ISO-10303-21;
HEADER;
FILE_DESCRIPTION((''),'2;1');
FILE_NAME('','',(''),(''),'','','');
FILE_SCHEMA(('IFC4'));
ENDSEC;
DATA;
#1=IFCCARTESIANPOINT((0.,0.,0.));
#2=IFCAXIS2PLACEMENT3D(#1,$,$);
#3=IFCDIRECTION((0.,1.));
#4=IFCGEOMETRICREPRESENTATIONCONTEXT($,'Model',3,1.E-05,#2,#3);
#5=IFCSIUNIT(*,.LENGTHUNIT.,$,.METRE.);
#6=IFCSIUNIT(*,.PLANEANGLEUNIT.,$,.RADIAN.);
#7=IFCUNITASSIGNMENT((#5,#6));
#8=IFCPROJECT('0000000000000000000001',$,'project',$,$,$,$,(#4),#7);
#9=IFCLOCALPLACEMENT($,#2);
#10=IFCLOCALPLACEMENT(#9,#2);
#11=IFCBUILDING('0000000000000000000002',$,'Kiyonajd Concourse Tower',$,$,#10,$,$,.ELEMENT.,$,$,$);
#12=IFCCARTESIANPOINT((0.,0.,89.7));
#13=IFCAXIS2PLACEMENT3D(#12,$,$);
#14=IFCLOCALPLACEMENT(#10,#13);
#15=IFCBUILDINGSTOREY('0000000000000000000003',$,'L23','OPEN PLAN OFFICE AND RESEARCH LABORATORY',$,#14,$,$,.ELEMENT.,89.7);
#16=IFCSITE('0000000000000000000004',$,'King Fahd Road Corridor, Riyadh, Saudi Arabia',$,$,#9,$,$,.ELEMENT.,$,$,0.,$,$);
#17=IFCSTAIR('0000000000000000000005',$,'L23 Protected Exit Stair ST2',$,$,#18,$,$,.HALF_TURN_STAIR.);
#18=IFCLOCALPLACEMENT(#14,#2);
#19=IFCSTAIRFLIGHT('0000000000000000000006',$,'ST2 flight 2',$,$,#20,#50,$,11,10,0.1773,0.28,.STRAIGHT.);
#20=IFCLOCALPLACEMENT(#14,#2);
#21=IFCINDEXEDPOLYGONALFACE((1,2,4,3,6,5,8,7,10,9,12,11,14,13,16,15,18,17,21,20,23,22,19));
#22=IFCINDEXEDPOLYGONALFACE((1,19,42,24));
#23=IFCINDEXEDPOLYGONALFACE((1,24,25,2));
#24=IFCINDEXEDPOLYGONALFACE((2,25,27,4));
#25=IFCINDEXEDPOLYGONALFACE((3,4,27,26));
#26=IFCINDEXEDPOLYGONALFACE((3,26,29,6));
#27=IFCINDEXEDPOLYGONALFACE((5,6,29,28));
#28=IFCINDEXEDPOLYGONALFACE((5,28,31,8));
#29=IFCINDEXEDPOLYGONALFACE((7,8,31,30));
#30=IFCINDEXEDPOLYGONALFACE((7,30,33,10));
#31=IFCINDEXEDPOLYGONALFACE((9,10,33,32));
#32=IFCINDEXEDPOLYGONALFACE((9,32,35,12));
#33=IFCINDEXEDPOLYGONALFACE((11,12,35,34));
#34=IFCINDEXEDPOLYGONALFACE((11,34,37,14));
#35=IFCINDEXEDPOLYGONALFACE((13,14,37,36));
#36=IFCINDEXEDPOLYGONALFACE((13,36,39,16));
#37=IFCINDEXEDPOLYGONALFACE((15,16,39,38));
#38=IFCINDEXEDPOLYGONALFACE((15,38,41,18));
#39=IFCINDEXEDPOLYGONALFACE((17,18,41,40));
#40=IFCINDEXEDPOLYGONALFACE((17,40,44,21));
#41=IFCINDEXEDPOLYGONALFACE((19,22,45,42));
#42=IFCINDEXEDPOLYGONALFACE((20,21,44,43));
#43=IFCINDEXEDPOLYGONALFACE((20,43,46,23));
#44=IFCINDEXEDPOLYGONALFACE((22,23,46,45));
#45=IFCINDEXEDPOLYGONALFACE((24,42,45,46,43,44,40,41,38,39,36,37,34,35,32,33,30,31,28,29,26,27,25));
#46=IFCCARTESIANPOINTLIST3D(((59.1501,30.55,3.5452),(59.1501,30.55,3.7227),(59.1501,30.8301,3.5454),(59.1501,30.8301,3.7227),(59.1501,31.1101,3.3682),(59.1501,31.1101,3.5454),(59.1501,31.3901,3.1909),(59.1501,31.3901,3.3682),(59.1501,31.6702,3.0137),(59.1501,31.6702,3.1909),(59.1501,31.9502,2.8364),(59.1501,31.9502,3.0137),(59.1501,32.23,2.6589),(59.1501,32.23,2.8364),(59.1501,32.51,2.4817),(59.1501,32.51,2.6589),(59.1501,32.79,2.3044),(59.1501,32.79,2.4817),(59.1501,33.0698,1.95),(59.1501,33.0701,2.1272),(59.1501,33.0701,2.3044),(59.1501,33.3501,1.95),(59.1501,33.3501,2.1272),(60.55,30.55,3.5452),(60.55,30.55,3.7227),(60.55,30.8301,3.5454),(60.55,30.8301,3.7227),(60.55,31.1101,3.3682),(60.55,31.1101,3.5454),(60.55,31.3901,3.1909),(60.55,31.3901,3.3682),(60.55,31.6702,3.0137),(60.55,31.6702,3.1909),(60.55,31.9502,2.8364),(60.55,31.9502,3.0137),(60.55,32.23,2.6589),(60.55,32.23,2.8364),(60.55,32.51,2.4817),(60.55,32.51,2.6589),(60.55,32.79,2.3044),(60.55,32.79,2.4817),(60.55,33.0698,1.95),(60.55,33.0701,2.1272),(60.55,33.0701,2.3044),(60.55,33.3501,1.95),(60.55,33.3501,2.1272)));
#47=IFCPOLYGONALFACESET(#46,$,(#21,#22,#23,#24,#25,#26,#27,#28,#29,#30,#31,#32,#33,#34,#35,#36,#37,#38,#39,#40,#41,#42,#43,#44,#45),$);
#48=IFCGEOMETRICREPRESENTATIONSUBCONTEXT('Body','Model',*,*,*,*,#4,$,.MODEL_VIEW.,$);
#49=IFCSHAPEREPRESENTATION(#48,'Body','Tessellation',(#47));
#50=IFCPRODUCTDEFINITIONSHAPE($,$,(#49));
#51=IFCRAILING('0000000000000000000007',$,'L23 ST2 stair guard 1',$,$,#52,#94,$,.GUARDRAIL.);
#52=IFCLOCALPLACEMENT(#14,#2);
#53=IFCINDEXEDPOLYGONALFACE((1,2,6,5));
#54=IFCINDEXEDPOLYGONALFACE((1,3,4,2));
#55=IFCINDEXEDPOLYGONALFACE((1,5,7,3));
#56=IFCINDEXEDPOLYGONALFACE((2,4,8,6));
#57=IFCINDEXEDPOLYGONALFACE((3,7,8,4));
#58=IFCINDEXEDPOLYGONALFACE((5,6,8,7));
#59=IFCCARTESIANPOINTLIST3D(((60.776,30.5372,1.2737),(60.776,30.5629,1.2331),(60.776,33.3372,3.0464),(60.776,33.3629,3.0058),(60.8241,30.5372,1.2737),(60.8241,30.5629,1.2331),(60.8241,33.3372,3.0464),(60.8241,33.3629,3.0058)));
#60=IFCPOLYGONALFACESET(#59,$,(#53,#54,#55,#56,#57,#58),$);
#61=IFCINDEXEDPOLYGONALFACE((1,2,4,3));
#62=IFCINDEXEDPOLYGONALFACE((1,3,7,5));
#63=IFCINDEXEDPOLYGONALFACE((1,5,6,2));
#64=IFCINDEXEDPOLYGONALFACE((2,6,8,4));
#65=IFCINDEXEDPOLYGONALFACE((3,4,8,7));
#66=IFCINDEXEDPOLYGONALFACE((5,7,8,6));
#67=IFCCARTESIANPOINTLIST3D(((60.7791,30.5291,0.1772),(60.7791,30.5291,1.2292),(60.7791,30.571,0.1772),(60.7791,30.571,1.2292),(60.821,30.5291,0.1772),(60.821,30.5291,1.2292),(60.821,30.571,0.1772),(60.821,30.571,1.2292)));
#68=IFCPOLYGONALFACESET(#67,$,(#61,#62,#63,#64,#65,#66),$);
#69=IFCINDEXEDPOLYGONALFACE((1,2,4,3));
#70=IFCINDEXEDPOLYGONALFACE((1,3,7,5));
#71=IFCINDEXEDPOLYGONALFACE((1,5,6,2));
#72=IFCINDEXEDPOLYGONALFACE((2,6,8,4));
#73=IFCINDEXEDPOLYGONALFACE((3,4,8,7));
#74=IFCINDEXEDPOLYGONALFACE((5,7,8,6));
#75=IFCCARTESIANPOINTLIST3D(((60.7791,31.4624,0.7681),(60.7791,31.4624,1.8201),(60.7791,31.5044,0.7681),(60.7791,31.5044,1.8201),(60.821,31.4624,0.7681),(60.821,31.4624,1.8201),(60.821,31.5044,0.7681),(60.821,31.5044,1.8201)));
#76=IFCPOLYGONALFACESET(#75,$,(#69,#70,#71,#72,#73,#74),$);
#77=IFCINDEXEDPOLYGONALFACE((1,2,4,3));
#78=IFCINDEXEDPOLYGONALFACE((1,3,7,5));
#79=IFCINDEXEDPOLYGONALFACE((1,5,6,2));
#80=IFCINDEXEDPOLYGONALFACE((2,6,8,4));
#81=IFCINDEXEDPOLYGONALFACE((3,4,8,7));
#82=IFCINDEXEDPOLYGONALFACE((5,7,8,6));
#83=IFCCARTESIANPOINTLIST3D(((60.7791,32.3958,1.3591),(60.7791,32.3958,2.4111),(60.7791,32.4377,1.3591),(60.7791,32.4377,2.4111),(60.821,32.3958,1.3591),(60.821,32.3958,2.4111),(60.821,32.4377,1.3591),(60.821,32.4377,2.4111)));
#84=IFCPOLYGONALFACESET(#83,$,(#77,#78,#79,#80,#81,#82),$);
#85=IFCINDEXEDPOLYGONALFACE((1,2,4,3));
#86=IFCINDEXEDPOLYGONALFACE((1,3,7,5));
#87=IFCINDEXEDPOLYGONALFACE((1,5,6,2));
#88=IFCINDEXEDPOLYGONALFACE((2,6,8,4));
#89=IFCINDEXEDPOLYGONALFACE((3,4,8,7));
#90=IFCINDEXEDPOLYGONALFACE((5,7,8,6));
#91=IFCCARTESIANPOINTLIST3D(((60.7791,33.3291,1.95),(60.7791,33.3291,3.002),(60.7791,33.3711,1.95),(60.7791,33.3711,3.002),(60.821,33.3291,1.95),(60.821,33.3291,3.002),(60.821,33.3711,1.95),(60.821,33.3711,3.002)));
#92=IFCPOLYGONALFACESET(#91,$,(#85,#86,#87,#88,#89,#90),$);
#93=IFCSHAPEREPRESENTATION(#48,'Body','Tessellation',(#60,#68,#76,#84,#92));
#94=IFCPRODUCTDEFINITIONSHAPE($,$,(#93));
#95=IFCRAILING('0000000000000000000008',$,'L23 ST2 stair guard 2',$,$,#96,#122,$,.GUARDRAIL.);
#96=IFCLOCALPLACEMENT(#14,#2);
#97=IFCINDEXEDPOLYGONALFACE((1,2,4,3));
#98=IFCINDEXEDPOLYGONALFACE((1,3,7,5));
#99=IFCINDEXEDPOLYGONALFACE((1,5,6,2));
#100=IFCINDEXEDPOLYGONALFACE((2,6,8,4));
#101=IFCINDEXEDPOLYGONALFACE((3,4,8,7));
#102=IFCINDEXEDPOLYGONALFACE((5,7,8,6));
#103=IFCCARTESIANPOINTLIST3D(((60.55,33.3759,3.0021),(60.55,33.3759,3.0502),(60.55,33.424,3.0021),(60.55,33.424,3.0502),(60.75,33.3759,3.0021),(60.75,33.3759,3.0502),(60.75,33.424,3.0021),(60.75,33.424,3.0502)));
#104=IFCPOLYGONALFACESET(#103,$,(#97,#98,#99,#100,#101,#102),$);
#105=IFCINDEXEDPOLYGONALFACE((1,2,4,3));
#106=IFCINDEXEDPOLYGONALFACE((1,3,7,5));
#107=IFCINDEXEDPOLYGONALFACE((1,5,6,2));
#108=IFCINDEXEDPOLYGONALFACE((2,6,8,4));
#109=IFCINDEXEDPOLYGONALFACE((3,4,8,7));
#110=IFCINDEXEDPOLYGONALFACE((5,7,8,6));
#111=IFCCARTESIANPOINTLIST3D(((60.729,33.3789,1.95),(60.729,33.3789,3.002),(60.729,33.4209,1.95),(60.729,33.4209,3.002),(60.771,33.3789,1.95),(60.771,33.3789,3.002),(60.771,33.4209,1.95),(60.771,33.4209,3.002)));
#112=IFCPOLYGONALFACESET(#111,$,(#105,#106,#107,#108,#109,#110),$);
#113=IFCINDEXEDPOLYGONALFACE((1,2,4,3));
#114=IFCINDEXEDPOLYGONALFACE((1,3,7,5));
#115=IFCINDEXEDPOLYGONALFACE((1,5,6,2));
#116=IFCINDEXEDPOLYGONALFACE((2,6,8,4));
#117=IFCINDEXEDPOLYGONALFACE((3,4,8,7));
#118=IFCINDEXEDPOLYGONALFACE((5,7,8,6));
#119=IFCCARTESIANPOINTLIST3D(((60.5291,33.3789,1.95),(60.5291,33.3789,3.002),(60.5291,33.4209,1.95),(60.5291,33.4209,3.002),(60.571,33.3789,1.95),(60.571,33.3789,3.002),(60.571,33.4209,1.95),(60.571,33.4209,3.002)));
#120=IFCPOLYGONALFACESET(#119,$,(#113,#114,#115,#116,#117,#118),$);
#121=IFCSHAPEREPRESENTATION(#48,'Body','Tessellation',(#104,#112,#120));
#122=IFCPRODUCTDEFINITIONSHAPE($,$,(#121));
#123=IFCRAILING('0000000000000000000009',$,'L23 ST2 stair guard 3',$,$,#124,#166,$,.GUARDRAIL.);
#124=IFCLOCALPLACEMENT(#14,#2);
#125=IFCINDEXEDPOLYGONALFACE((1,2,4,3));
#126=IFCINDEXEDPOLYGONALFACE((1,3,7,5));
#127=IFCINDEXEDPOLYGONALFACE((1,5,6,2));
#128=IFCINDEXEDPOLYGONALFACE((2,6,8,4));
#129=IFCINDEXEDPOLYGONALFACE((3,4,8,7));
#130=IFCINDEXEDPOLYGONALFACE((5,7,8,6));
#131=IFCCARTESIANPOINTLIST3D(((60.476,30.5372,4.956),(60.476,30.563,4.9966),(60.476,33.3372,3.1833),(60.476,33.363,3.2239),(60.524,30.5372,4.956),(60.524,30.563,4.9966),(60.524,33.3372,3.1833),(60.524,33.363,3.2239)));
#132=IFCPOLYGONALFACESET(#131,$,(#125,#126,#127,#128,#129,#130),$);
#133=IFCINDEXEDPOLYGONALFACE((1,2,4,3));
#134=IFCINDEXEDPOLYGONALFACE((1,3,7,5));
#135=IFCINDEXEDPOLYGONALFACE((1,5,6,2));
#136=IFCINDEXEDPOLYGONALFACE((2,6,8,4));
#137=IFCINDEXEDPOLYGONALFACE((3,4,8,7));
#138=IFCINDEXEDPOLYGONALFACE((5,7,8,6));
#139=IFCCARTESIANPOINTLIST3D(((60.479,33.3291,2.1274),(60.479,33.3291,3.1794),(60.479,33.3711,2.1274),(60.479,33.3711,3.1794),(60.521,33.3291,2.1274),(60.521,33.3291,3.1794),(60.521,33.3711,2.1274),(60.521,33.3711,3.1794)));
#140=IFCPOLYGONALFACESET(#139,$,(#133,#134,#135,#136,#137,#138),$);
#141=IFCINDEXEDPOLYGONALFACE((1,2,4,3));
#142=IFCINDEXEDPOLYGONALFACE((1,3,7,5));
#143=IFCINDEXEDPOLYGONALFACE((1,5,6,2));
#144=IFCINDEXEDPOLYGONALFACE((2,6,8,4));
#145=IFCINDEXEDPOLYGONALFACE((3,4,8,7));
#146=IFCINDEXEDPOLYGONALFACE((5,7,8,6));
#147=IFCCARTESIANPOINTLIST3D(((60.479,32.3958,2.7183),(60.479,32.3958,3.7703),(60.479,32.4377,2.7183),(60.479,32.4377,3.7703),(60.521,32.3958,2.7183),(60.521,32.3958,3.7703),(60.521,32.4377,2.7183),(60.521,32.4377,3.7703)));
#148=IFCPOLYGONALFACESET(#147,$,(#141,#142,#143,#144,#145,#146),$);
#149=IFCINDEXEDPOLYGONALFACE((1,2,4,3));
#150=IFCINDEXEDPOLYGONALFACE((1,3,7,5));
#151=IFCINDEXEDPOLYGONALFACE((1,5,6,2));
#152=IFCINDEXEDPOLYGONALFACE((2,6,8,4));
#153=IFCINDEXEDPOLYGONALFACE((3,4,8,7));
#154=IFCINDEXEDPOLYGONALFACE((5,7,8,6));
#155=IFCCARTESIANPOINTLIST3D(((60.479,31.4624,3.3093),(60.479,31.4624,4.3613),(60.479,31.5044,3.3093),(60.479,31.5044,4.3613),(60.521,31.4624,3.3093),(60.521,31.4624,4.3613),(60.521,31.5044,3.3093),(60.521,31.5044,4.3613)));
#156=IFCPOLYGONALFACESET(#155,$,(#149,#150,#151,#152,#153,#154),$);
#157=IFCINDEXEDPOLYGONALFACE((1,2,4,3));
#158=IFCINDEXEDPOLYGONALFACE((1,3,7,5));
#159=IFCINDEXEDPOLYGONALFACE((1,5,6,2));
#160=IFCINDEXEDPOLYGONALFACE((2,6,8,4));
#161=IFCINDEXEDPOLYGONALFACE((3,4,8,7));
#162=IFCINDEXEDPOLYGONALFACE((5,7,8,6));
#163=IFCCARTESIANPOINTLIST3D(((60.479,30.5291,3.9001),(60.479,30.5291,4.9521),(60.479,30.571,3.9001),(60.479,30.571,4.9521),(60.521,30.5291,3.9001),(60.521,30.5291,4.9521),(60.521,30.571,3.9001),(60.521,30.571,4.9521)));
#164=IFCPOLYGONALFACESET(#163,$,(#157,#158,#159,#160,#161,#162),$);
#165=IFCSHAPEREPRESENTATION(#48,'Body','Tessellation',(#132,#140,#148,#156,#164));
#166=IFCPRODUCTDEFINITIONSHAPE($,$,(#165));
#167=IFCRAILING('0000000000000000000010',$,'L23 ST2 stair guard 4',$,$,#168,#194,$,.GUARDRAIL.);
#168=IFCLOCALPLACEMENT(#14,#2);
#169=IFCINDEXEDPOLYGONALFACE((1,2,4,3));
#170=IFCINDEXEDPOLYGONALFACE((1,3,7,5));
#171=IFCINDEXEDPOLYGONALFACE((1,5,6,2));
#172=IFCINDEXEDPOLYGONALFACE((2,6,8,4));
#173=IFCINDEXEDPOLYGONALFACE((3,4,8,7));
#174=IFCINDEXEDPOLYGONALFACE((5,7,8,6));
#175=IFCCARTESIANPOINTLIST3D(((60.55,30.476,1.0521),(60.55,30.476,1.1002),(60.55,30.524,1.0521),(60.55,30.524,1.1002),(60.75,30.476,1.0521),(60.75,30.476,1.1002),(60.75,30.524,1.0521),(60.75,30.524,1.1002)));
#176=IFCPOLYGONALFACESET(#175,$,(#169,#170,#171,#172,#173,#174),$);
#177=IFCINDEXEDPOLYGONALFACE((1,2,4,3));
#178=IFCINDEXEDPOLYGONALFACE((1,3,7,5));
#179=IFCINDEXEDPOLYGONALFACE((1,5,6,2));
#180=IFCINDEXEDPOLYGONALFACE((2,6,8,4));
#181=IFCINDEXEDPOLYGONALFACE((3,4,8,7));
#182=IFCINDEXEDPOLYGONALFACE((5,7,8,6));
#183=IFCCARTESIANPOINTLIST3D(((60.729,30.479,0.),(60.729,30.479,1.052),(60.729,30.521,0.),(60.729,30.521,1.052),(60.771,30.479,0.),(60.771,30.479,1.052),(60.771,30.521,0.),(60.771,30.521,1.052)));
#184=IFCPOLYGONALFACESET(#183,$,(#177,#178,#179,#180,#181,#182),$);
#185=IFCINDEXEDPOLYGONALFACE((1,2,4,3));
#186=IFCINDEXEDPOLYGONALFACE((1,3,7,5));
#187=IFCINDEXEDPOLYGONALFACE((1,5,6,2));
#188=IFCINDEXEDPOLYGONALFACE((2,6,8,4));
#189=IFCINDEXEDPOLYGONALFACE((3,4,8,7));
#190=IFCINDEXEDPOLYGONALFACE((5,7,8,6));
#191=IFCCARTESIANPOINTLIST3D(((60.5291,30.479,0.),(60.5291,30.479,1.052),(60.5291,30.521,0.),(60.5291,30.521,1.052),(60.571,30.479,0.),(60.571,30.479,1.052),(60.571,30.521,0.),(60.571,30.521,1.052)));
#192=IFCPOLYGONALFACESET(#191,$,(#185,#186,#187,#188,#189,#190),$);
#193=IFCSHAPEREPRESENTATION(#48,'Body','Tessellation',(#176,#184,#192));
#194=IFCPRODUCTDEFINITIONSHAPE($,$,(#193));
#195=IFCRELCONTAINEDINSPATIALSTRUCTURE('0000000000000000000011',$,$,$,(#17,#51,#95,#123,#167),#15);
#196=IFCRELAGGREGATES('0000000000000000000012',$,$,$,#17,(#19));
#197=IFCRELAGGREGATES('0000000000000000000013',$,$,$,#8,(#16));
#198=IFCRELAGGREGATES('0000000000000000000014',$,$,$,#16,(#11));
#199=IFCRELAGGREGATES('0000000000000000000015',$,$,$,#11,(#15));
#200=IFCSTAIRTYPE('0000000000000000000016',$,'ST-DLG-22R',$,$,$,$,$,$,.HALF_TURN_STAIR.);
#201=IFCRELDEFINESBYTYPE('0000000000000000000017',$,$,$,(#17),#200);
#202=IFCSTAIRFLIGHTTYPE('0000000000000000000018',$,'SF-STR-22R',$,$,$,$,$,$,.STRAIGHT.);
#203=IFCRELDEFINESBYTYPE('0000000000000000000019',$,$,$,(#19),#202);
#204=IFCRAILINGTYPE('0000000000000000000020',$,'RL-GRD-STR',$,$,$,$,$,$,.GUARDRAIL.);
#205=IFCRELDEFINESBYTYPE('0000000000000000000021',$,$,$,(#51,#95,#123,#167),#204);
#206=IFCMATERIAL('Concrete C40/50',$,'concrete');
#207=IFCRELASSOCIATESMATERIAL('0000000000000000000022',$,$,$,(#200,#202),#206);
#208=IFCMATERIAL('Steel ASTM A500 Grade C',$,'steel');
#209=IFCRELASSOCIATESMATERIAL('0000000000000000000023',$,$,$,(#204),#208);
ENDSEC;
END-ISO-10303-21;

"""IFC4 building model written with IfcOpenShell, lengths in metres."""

from ifc_helpers import new_model, si_unit, direction, frame, origin, origin_2d, place, context, subcontext, project, spatial, polyline, rectangle, outline, extrude, material, type_object, element, aggregate, save


model = new_model("IFC4")

# Units and contexts
model_context = context("Model", 3, precision=1e-05, world=origin(), true_north=direction((0.0, 1.0)))
body_context = subcontext(model_context, "Body", "Model", "MODEL_VIEW")
ifc_project = project(units=[si_unit("LENGTHUNIT", "METRE"), si_unit("PLANEANGLEUNIT", "RADIAN")], contexts=[model_context])

# Site, building, storey
site_placement = place(None, origin())
site = spatial("IfcSite", under=ifc_project, at=site_placement, Name="King Fahd Road Corridor, Riyadh, Saudi Arabia", CompositionType="ELEMENT", RefElevation=0.0)
building_placement = place(site_placement, origin())
building = spatial("IfcBuilding", under=site, at=building_placement, Name="Kiyonajd Concourse Tower", CompositionType="ELEMENT")
storey_placement = place(building_placement, frame((0.0, 0.0, 89.7)))
storey = spatial("IfcBuildingStorey", under=building, at=storey_placement, Name="L23", Description="OPEN PLAN OFFICE AND RESEARCH LABORATORY", CompositionType="ELEMENT", Elevation=89.7)

# Stair, stair flight
ifc_material_1 = material(Name="Concrete C40/50", Category="concrete")
stair_type = type_object("IfcStairType", Name="ST-DLG-22R", PredefinedType="HALF_TURN_STAIR", material=ifc_material_1)
stair_placement = place(storey_placement, origin())
stair = element("IfcStair", 1, at=stair_placement, inside=storey, type_object=stair_type, Name="L23 Protected Exit Stair ST2", PredefinedType="HALF_TURN_STAIR")
stair_flight_type = type_object("IfcStairFlightType", Name="SF-STR-22R", PredefinedType="STRAIGHT", material=ifc_material_1)
stair_flight_1_placement = place(storey_placement, frame((59.8501, 33.3501, 1.95), z_axis=(0.0, 0.0, 1.0), x_axis=(0.0, -1.0, 0.0)))
stair_flight_1 = element("IfcStairFlight", 2, at=stair_flight_1_placement, type_object=stair_flight_type, Name="ST2 flight 2", NumberOfRisers=11, NumberOfTreads=10, PredefinedType="STRAIGHT", RiserHeight=0.1773, TreadLength=0.28, context=body_context, shape_type="SweptSolid", body=[
    extrude(outline(polyline([(0.0, 0.0), (0.0, 0.1772), (0.28, 0.1772), (0.28, 0.3545), (0.5601, 0.3545), (0.5601, 0.5317), (0.8401, 0.5317), (0.8401, 0.709), (1.1201, 0.709), (1.1201, 0.8865), (1.3999, 0.8865), (1.3999, 1.0637), (1.6799, 1.0637), (1.6799, 1.241), (1.96, 1.241), (1.96, 1.4182), (2.24, 1.4182), (2.24, 1.5955), (2.52, 1.5955), (2.52, 1.7727), (2.8, 1.7727), (2.8, 1.95), (2.8, 1.5952), (0.2803, 0.0), (0.0, 0.0)])), frame((0.0, 0.7, 0.0), z_axis=(0.0, -1.0, 0.0), x_axis=(1.0, 0.0, 0.0)), (0.0, 0.0, 1.0), 1.3999),
])
aggregate(stair, [stair_flight_1])

# Railings
ifc_material_2 = material(Name="Steel ASTM A500 Grade C", Category="steel")
railing_type_1 = type_object("IfcRailingType", Name="RL-GRD-STR", PredefinedType="GUARDRAIL", material=ifc_material_2)
railing_1_placement = place(storey_placement, frame((60.8, 30.55, 0.1772)))
element("IfcRailing", 3, at=railing_1_placement, inside=storey, type_object=railing_type_1, Name="L23 ST2 stair guard 1", PredefinedType="GUARDRAIL", context=body_context, shape_type="SweptSolid", body=[
    extrude(rectangle(XDim=0.0481, YDim=0.0481, at=origin_2d()), frame((0.0, 0.0, 1.0762), z_axis=(0.0, 0.844909, 0.53491), x_axis=(-1.0, 0.0, 0.0)), (0.0, 0.0, 1.0), 3.314),
    extrude(rectangle(XDim=0.042, YDim=0.042, at=origin_2d()), origin(), (0.0, 0.0, 1.0), 1.052),
    extrude(rectangle(XDim=0.042, YDim=0.042, at=origin_2d()), frame((0.0, 0.9333, 0.5908)), (0.0, 0.0, 1.0), 1.052),
    extrude(rectangle(XDim=0.042, YDim=0.042, at=origin_2d()), frame((0.0, 1.8667, 1.1819)), (0.0, 0.0, 1.0), 1.052),
    extrude(rectangle(XDim=0.042, YDim=0.042, at=origin_2d()), frame((0.0, 2.8, 1.7727)), (0.0, 0.0, 1.0), 1.052),
])
railing_2_placement = place(storey_placement, frame((60.75, 33.3999, 1.95)))
element("IfcRailing", 4, at=railing_2_placement, inside=storey, type_object=railing_type_1, Name="L23 ST2 stair guard 2", PredefinedType="GUARDRAIL", context=body_context, shape_type="SweptSolid", body=[
    extrude(rectangle(XDim=0.0481, YDim=0.0481, at=origin_2d()), frame((0.0, 0.0, 1.0762), z_axis=(-1.0, 0.0, 0.0), x_axis=(0.0, -1.0, 0.0)), (0.0, 0.0, 1.0), 0.2),
    extrude(rectangle(XDim=0.042, YDim=0.042, at=origin_2d()), origin(), (0.0, 0.0, 1.0), 1.052),
    extrude(rectangle(XDim=0.042, YDim=0.042, at=origin_2d()), frame((-0.2, 0.0, 0.0)), (0.0, 0.0, 1.0), 1.052),
])
railing_3_placement = place(storey_placement, frame((60.5, 33.3501, 2.1274)))
element("IfcRailing", 5, at=railing_3_placement, inside=storey, type_object=railing_type_1, Name="L23 ST2 stair guard 3", PredefinedType="GUARDRAIL", context=body_context, shape_type="SweptSolid", body=[
    extrude(rectangle(XDim=0.0481, YDim=0.0481, at=origin_2d()), frame((0.0, 0.0, 1.0762), z_axis=(0.0, -0.844909, 0.53491), x_axis=(1.0, 0.0, 0.0)), (0.0, 0.0, 1.0), 3.314),
    extrude(rectangle(XDim=0.042, YDim=0.042, at=origin_2d()), origin(), (0.0, 0.0, 1.0), 1.052),
    extrude(rectangle(XDim=0.042, YDim=0.042, at=origin_2d()), frame((0.0, -0.9333, 0.5908)), (0.0, 0.0, 1.0), 1.052),
    extrude(rectangle(XDim=0.042, YDim=0.042, at=origin_2d()), frame((0.0, -1.8667, 1.1819)), (0.0, 0.0, 1.0), 1.052),
    extrude(rectangle(XDim=0.042, YDim=0.042, at=origin_2d()), frame((0.0, -2.8, 1.7727)), (0.0, 0.0, 1.0), 1.052),
])
railing_4_placement = place(storey_placement, frame((60.75, 30.5, 0.0)))
element("IfcRailing", 6, at=railing_4_placement, inside=storey, type_object=railing_type_1, Name="L23 ST2 stair guard 4", PredefinedType="GUARDRAIL", context=body_context, shape_type="SweptSolid", body=[
    extrude(rectangle(XDim=0.0481, YDim=0.0481, at=origin_2d()), frame((0.0, 0.0, 1.0762), z_axis=(-1.0, 0.0, 0.0), x_axis=(0.0, -1.0, 0.0)), (0.0, 0.0, 1.0), 0.2),
    extrude(rectangle(XDim=0.042, YDim=0.042, at=origin_2d()), origin(), (0.0, 0.0, 1.0), 1.052),
    extrude(rectangle(XDim=0.042, YDim=0.042, at=origin_2d()), frame((-0.2, 0.0, 0.0)), (0.0, 0.0, 1.0), 1.052),
])

save(model, "model.ifc")
